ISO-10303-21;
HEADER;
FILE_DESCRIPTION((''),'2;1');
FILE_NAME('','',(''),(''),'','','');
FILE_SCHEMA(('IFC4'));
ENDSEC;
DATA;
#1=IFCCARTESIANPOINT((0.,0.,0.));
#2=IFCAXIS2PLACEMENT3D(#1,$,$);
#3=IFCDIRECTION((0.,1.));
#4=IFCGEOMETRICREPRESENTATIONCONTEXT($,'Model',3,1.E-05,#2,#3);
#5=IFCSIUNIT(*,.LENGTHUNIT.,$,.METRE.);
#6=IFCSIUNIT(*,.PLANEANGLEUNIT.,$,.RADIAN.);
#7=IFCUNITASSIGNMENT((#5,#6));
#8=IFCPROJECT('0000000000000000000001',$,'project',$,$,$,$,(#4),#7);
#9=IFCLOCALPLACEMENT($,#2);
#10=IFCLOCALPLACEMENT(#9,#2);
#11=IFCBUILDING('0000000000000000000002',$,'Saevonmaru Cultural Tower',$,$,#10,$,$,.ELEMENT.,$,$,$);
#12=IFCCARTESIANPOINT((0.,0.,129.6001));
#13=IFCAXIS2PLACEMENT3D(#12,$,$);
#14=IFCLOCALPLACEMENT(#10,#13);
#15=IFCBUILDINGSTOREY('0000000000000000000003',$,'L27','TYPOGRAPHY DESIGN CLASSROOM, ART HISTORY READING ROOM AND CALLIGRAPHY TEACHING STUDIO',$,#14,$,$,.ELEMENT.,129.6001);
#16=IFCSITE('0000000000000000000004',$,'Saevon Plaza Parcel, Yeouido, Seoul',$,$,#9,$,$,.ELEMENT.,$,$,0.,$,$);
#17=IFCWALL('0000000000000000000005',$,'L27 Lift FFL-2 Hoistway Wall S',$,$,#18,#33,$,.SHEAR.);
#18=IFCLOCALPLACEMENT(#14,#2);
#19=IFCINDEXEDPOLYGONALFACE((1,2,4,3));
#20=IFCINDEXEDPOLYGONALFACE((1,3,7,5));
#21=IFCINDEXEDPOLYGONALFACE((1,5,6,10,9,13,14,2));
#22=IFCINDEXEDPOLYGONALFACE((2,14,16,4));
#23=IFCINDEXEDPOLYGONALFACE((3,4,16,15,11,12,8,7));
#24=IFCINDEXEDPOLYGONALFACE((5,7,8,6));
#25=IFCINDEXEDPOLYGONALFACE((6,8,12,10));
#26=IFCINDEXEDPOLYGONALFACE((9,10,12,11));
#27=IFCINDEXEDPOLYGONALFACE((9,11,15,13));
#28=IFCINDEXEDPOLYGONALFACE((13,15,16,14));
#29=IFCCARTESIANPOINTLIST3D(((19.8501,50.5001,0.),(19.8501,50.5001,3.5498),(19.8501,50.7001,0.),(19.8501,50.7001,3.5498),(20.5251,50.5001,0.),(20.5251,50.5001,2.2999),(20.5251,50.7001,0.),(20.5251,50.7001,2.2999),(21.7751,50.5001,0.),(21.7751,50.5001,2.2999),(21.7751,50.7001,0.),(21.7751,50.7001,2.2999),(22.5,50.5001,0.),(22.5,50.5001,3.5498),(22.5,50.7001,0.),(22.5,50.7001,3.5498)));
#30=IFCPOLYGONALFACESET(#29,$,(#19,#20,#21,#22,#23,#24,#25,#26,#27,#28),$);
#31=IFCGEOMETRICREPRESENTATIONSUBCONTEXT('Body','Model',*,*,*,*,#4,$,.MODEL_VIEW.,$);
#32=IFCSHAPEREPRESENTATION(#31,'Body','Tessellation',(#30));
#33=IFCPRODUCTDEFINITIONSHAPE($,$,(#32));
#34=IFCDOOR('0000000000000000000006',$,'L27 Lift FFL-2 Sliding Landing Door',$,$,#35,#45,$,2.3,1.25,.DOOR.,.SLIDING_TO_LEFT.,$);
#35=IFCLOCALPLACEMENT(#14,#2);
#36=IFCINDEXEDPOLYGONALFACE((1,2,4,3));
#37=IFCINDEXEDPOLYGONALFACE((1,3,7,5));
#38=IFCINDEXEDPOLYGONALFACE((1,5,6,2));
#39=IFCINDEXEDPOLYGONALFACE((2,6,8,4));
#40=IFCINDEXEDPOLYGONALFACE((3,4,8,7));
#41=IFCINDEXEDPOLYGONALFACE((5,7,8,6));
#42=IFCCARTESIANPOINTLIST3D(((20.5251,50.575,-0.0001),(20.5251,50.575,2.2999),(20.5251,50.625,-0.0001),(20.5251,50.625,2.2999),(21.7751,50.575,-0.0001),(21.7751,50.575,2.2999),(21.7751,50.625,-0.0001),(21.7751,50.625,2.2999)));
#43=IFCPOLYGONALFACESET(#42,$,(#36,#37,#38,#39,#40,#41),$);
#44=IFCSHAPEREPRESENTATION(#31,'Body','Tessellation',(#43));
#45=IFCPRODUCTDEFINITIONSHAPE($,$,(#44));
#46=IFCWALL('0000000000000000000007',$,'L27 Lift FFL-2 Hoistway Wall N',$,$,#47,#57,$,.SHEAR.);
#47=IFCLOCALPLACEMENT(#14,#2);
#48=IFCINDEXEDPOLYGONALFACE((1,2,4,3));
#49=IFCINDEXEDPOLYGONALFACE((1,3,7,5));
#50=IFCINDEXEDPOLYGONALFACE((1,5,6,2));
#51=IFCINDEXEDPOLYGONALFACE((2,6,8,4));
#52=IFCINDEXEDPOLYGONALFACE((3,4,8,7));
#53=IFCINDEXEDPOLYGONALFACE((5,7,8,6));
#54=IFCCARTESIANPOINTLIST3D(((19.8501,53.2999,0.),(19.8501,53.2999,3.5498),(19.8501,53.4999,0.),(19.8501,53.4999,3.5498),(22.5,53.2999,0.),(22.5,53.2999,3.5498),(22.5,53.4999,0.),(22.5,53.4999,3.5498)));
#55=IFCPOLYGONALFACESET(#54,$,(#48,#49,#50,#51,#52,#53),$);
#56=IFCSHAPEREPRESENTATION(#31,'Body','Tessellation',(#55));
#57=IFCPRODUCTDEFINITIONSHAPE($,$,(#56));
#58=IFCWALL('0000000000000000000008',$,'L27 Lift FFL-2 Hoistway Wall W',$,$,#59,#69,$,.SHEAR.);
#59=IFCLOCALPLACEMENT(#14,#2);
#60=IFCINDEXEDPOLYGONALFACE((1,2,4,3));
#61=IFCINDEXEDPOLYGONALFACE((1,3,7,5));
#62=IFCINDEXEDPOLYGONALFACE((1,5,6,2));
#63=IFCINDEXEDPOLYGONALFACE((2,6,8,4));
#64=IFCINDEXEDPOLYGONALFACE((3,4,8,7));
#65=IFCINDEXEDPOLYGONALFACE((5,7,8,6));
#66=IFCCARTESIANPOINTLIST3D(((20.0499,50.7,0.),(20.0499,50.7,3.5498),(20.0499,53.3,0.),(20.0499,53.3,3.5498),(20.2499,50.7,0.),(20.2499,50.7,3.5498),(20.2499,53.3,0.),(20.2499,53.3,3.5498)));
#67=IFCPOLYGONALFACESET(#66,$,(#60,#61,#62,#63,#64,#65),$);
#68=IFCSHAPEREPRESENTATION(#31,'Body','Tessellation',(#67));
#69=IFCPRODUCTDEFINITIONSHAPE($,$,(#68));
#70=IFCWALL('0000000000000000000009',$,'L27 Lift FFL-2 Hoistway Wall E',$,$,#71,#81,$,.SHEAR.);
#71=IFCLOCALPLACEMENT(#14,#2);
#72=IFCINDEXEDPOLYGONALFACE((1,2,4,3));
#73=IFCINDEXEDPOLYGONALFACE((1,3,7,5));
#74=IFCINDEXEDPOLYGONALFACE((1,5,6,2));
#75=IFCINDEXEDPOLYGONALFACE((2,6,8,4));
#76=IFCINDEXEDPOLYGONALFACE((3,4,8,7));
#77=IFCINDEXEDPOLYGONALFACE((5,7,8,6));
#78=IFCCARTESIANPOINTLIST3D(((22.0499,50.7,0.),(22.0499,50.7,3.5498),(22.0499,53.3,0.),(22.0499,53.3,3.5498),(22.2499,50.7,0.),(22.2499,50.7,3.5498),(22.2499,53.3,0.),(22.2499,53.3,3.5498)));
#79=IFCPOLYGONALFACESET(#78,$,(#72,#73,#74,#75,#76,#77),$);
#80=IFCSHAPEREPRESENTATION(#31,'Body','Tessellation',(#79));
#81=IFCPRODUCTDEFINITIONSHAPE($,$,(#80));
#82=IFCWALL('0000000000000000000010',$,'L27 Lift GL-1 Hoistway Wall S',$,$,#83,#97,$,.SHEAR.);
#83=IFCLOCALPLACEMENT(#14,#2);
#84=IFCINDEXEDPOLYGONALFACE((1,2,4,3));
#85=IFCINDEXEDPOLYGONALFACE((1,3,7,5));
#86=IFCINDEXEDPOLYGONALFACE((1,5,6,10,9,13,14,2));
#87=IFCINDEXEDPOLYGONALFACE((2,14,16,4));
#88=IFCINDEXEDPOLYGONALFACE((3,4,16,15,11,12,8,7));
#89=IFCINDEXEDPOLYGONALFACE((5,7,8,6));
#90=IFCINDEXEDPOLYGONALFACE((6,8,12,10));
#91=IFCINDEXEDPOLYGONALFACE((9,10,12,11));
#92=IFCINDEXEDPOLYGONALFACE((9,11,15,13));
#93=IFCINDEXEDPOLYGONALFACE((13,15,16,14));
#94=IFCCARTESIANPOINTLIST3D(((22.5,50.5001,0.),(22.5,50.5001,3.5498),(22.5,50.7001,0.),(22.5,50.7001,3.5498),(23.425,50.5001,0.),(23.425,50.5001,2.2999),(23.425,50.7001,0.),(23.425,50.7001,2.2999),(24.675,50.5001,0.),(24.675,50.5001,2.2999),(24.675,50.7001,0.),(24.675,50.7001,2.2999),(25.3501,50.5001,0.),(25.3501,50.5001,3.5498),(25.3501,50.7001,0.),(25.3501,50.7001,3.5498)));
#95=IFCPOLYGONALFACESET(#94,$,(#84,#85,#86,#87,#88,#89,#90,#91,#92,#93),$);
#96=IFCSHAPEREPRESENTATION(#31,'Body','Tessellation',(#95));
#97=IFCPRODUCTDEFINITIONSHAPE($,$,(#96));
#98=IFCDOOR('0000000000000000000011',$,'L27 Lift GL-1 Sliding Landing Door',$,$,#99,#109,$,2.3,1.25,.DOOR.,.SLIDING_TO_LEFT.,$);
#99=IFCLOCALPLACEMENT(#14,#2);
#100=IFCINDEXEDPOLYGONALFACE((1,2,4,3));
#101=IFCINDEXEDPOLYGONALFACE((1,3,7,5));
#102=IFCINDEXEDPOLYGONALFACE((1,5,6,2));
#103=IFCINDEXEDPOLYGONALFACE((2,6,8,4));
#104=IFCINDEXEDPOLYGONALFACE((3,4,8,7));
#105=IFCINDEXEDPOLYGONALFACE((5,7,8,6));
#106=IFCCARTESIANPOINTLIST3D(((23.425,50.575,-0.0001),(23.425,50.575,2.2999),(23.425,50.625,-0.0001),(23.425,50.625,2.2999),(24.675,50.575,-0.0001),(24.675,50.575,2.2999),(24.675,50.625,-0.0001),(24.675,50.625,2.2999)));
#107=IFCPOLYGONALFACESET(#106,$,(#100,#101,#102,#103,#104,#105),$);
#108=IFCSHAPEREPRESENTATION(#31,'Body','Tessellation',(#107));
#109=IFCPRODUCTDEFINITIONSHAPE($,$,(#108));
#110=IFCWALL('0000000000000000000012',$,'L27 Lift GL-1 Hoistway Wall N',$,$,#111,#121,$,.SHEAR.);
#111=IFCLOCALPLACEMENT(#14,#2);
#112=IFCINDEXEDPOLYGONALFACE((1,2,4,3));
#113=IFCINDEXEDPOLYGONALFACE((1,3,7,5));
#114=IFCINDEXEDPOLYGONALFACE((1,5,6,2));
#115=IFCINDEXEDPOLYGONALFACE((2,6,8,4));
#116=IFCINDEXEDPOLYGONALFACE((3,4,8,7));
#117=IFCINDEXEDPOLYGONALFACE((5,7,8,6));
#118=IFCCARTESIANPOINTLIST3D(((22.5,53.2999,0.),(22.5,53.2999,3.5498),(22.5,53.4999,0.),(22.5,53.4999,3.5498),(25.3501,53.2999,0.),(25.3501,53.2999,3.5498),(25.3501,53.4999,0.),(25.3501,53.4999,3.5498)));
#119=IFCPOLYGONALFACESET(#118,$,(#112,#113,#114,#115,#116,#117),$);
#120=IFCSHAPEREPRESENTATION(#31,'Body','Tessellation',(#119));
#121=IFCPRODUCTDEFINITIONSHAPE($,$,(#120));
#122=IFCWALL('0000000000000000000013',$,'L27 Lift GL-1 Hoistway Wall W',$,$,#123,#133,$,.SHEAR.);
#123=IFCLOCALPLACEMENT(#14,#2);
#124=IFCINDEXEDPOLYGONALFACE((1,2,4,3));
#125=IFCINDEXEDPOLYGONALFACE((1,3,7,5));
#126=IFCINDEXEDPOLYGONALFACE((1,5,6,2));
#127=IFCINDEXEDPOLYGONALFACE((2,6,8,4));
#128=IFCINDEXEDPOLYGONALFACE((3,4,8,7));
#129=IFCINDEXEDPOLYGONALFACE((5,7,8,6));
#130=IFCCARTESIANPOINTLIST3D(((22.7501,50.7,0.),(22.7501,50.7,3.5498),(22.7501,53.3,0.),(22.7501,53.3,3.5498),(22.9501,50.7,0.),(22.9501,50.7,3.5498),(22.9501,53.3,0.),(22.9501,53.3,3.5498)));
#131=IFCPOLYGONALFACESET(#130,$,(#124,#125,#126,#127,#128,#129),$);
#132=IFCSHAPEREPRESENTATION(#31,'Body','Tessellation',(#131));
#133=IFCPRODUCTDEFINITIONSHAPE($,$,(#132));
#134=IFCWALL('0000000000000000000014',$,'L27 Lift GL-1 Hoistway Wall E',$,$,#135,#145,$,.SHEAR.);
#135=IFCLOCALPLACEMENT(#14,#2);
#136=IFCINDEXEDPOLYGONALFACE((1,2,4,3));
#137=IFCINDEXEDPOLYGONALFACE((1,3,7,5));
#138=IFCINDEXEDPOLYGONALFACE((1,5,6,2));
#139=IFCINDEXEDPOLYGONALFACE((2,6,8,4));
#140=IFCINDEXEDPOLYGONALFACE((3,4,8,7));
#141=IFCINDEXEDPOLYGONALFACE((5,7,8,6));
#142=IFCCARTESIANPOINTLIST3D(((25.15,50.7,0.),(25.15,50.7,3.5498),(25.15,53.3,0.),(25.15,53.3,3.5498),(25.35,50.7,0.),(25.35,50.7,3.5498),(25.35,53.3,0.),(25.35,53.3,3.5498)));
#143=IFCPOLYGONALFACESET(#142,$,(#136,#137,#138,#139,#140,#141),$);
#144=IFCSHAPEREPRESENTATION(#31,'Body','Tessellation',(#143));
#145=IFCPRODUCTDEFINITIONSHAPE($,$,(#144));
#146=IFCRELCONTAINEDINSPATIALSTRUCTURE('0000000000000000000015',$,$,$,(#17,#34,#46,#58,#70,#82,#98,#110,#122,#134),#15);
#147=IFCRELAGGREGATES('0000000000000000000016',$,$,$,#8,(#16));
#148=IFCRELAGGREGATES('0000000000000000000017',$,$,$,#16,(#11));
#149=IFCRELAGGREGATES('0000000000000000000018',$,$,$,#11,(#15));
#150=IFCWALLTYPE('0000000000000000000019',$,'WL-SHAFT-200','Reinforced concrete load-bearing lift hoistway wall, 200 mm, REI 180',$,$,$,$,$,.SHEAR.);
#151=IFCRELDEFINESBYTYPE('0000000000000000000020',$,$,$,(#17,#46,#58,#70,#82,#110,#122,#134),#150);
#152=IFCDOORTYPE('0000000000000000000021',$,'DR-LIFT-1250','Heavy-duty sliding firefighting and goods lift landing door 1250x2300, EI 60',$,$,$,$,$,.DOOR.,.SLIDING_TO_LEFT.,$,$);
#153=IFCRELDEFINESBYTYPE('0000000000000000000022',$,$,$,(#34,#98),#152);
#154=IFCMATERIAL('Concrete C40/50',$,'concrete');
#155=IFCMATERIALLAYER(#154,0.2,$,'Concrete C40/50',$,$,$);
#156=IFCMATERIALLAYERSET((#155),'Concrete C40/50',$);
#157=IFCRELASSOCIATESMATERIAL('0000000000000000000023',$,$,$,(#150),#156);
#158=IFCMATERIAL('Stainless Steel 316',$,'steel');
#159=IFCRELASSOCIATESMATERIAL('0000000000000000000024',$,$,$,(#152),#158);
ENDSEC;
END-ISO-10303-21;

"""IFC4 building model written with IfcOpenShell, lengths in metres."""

from ifc_helpers import new_model, si_unit, direction, frame, frame_2d, origin, place, context, subcontext, project, spatial, rectangle, extrude, material, layer, layer_set, type_object, element, fill, save


model = new_model("IFC4")

# Units and contexts
model_context = context("Model", 3, precision=1e-05, world=origin(), true_north=direction((0.0, 1.0)))
body_context = subcontext(model_context, "Body", "Model", "MODEL_VIEW")
ifc_project = project(units=[si_unit("LENGTHUNIT", "METRE"), si_unit("PLANEANGLEUNIT", "RADIAN")], contexts=[model_context])

# Site, building, storey
site_placement = place(None, origin())
site = spatial("IfcSite", under=ifc_project, at=site_placement, Name="Saevon Plaza Parcel, Yeouido, Seoul", CompositionType="ELEMENT", RefElevation=0.0)
building_placement = place(site_placement, origin())
building = spatial("IfcBuilding", under=site, at=building_placement, Name="Saevonmaru Cultural Tower", CompositionType="ELEMENT")
storey_placement = place(building_placement, frame((0.0, 0.0, 129.6001)))
storey = spatial("IfcBuildingStorey", under=building, at=storey_placement, Name="L27", Description="TYPOGRAPHY DESIGN CLASSROOM, ART HISTORY READING ROOM AND CALLIGRAPHY TEACHING STUDIO", CompositionType="ELEMENT", Elevation=129.6001)

# Shared definitions
ifc_material_1 = material(Name="Concrete C40/50", Category="concrete")
ifc_layer_1 = layer(ifc_material_1, 0.2, Name="Concrete C40/50")
ifc_layer_set_1 = layer_set([ifc_layer_1], Name="Concrete C40/50")
wall_type_1 = type_object("IfcWallType", Name="WL-SHAFT-200", Description="Reinforced concrete load-bearing lift hoistway wall, 200 mm, REI 180", PredefinedType="SHEAR", material=ifc_layer_set_1)
ifc_material_2 = material(Name="Stainless Steel 316", Category="steel")
door_type = type_object("IfcDoorType", Name="DR-LIFT-1250", Description="Heavy-duty sliding firefighting and goods lift landing door 1250x2300, EI 60", OperationType="SLIDING_TO_LEFT", PredefinedType="DOOR", material=ifc_material_2)

# Wall, opening, door
wall_1_placement = place(storey_placement, frame((19.8501, 50.6001, 0.0), z_axis=(0.0, 0.0, 1.0), x_axis=(1.0, 0.0, 0.0)))
wall_1 = element("IfcWall", 1, at=wall_1_placement, inside=storey, type_object=wall_type_1, Name="L27 Lift FFL-2 Hoistway Wall S", PredefinedType="SHEAR", context=body_context, shape_type="SweptSolid", body=[
    extrude(rectangle(XDim=2.6499, YDim=0.2, at=frame_2d((1.325, 0.0))), origin(), (0.0, 0.0, 1.0), 3.5498),
])
opening_1_placement = place(wall_1_placement, frame((0.675, 0.0, 0.0)))
opening_1 = element("IfcOpeningElement", 2, at=opening_1_placement, cuts=wall_1, PredefinedType="OPENING", context=body_context, shape_type="SweptSolid", body=[
    extrude(rectangle(XDim=1.25, YDim=2.3, at=frame_2d((0.625, 1.1499))), frame((0.0, 0.1099, 0.0), z_axis=(0.0, -1.0, 0.0), x_axis=(1.0, 0.0, 0.0)), (0.0, 0.0, 1.0), 0.22),
])
door_1_placement = place(opening_1_placement, origin())
door_1 = element("IfcDoor", 3, at=door_1_placement, inside=storey, type_object=door_type, Name="L27 Lift FFL-2 Sliding Landing Door", OperationType="SLIDING_TO_LEFT", OverallHeight=2.3, OverallWidth=1.25, PredefinedType="DOOR", context=body_context, shape_type="SweptSolid", body=[
    extrude(rectangle(XDim=1.25, YDim=2.3, at=frame_2d((0.625, 1.1499))), frame((0.0, 0.0249, 0.0), z_axis=(0.0, -1.0, 0.0), x_axis=(1.0, 0.0, 0.0)), (0.0, 0.0, 1.0), 0.05),
])
fill(opening_1, door_1)

# Walls
wall_2_placement = place(storey_placement, frame((19.8501, 53.3999, 0.0), z_axis=(0.0, 0.0, 1.0), x_axis=(1.0, 0.0, 0.0)))
element("IfcWall", 4, at=wall_2_placement, inside=storey, type_object=wall_type_1, Name="L27 Lift FFL-2 Hoistway Wall N", PredefinedType="SHEAR", context=body_context, shape_type="SweptSolid", body=[
    extrude(rectangle(XDim=2.6499, YDim=0.2, at=frame_2d((1.325, 0.0))), origin(), (0.0, 0.0, 1.0), 3.5498),
])
for number, where, z_axis, x_axis, name in (
    (5, (20.1499, 50.7, 0.0), (0.0, 0.0, 1.0), (0.0, 1.0, 0.0), "L27 Lift FFL-2 Hoistway Wall W"),
    (6, (22.1499, 50.7, 0.0), (0.0, 0.0, 1.0), (0.0, 1.0, 0.0), "L27 Lift FFL-2 Hoistway Wall E"),
):
    element("IfcWall", number, at=place(storey_placement, frame(where, z_axis=z_axis, x_axis=x_axis)), inside=storey, type_object=wall_type_1, Name=name, PredefinedType="SHEAR", context=body_context, shape_type="SweptSolid", body=[
        extrude(rectangle(XDim=2.6001, YDim=0.2, at=frame_2d((1.3, 0.0))), origin(), (0.0, 0.0, 1.0), 3.5498),
    ])

# Wall, opening, door
wall_3_placement = place(storey_placement, frame((22.5, 50.6001, 0.0), z_axis=(0.0, 0.0, 1.0), x_axis=(1.0, 0.0, 0.0)))
wall_3 = element("IfcWall", 7, at=wall_3_placement, inside=storey, type_object=wall_type_1, Name="L27 Lift GL-1 Hoistway Wall S", PredefinedType="SHEAR", context=body_context, shape_type="SweptSolid", body=[
    extrude(rectangle(XDim=2.8501, YDim=0.2, at=frame_2d((1.425, 0.0))), origin(), (0.0, 0.0, 1.0), 3.5498),
])
opening_2_placement = place(wall_3_placement, frame((0.925, 0.0, 0.0)))
opening_2 = element("IfcOpeningElement", 8, at=opening_2_placement, cuts=wall_3, PredefinedType="OPENING", context=body_context, shape_type="SweptSolid", body=[
    extrude(rectangle(XDim=1.25, YDim=2.3, at=frame_2d((0.625, 1.1499))), frame((0.0, 0.1099, 0.0), z_axis=(0.0, -1.0, 0.0), x_axis=(1.0, 0.0, 0.0)), (0.0, 0.0, 1.0), 0.22),
])
door_2_placement = place(opening_2_placement, origin())
door_2 = element("IfcDoor", 9, at=door_2_placement, inside=storey, type_object=door_type, Name="L27 Lift GL-1 Sliding Landing Door", OperationType="SLIDING_TO_LEFT", OverallHeight=2.3, OverallWidth=1.25, PredefinedType="DOOR", context=body_context, shape_type="SweptSolid", body=[
    extrude(rectangle(XDim=1.25, YDim=2.3, at=frame_2d((0.625, 1.1499))), frame((0.0, 0.0249, 0.0), z_axis=(0.0, -1.0, 0.0), x_axis=(1.0, 0.0, 0.0)), (0.0, 0.0, 1.0), 0.05),
])
fill(opening_2, door_2)

# Walls
wall_4_placement = place(storey_placement, frame((22.5, 53.3999, 0.0), z_axis=(0.0, 0.0, 1.0), x_axis=(1.0, 0.0, 0.0)))
element("IfcWall", 10, at=wall_4_placement, inside=storey, type_object=wall_type_1, Name="L27 Lift GL-1 Hoistway Wall N", PredefinedType="SHEAR", context=body_context, shape_type="SweptSolid", body=[
    extrude(rectangle(XDim=2.8501, YDim=0.2, at=frame_2d((1.425, 0.0))), origin(), (0.0, 0.0, 1.0), 3.5498),
])
for number, where, z_axis, x_axis, name in (
    (11, (22.8501, 50.7, 0.0), (0.0, 0.0, 1.0), (0.0, 1.0, 0.0), "L27 Lift GL-1 Hoistway Wall W"),
    (12, (25.25, 50.7, 0.0), (0.0, 0.0, 1.0), (0.0, 1.0, 0.0), "L27 Lift GL-1 Hoistway Wall E"),
):
    element("IfcWall", number, at=place(storey_placement, frame(where, z_axis=z_axis, x_axis=x_axis)), inside=storey, type_object=wall_type_1, Name=name, PredefinedType="SHEAR", context=body_context, shape_type="SweptSolid", body=[
        extrude(rectangle(XDim=2.6001, YDim=0.2, at=frame_2d((1.3, 0.0))), origin(), (0.0, 0.0, 1.0), 3.5498),
    ])

save(model, "model.ifc")
